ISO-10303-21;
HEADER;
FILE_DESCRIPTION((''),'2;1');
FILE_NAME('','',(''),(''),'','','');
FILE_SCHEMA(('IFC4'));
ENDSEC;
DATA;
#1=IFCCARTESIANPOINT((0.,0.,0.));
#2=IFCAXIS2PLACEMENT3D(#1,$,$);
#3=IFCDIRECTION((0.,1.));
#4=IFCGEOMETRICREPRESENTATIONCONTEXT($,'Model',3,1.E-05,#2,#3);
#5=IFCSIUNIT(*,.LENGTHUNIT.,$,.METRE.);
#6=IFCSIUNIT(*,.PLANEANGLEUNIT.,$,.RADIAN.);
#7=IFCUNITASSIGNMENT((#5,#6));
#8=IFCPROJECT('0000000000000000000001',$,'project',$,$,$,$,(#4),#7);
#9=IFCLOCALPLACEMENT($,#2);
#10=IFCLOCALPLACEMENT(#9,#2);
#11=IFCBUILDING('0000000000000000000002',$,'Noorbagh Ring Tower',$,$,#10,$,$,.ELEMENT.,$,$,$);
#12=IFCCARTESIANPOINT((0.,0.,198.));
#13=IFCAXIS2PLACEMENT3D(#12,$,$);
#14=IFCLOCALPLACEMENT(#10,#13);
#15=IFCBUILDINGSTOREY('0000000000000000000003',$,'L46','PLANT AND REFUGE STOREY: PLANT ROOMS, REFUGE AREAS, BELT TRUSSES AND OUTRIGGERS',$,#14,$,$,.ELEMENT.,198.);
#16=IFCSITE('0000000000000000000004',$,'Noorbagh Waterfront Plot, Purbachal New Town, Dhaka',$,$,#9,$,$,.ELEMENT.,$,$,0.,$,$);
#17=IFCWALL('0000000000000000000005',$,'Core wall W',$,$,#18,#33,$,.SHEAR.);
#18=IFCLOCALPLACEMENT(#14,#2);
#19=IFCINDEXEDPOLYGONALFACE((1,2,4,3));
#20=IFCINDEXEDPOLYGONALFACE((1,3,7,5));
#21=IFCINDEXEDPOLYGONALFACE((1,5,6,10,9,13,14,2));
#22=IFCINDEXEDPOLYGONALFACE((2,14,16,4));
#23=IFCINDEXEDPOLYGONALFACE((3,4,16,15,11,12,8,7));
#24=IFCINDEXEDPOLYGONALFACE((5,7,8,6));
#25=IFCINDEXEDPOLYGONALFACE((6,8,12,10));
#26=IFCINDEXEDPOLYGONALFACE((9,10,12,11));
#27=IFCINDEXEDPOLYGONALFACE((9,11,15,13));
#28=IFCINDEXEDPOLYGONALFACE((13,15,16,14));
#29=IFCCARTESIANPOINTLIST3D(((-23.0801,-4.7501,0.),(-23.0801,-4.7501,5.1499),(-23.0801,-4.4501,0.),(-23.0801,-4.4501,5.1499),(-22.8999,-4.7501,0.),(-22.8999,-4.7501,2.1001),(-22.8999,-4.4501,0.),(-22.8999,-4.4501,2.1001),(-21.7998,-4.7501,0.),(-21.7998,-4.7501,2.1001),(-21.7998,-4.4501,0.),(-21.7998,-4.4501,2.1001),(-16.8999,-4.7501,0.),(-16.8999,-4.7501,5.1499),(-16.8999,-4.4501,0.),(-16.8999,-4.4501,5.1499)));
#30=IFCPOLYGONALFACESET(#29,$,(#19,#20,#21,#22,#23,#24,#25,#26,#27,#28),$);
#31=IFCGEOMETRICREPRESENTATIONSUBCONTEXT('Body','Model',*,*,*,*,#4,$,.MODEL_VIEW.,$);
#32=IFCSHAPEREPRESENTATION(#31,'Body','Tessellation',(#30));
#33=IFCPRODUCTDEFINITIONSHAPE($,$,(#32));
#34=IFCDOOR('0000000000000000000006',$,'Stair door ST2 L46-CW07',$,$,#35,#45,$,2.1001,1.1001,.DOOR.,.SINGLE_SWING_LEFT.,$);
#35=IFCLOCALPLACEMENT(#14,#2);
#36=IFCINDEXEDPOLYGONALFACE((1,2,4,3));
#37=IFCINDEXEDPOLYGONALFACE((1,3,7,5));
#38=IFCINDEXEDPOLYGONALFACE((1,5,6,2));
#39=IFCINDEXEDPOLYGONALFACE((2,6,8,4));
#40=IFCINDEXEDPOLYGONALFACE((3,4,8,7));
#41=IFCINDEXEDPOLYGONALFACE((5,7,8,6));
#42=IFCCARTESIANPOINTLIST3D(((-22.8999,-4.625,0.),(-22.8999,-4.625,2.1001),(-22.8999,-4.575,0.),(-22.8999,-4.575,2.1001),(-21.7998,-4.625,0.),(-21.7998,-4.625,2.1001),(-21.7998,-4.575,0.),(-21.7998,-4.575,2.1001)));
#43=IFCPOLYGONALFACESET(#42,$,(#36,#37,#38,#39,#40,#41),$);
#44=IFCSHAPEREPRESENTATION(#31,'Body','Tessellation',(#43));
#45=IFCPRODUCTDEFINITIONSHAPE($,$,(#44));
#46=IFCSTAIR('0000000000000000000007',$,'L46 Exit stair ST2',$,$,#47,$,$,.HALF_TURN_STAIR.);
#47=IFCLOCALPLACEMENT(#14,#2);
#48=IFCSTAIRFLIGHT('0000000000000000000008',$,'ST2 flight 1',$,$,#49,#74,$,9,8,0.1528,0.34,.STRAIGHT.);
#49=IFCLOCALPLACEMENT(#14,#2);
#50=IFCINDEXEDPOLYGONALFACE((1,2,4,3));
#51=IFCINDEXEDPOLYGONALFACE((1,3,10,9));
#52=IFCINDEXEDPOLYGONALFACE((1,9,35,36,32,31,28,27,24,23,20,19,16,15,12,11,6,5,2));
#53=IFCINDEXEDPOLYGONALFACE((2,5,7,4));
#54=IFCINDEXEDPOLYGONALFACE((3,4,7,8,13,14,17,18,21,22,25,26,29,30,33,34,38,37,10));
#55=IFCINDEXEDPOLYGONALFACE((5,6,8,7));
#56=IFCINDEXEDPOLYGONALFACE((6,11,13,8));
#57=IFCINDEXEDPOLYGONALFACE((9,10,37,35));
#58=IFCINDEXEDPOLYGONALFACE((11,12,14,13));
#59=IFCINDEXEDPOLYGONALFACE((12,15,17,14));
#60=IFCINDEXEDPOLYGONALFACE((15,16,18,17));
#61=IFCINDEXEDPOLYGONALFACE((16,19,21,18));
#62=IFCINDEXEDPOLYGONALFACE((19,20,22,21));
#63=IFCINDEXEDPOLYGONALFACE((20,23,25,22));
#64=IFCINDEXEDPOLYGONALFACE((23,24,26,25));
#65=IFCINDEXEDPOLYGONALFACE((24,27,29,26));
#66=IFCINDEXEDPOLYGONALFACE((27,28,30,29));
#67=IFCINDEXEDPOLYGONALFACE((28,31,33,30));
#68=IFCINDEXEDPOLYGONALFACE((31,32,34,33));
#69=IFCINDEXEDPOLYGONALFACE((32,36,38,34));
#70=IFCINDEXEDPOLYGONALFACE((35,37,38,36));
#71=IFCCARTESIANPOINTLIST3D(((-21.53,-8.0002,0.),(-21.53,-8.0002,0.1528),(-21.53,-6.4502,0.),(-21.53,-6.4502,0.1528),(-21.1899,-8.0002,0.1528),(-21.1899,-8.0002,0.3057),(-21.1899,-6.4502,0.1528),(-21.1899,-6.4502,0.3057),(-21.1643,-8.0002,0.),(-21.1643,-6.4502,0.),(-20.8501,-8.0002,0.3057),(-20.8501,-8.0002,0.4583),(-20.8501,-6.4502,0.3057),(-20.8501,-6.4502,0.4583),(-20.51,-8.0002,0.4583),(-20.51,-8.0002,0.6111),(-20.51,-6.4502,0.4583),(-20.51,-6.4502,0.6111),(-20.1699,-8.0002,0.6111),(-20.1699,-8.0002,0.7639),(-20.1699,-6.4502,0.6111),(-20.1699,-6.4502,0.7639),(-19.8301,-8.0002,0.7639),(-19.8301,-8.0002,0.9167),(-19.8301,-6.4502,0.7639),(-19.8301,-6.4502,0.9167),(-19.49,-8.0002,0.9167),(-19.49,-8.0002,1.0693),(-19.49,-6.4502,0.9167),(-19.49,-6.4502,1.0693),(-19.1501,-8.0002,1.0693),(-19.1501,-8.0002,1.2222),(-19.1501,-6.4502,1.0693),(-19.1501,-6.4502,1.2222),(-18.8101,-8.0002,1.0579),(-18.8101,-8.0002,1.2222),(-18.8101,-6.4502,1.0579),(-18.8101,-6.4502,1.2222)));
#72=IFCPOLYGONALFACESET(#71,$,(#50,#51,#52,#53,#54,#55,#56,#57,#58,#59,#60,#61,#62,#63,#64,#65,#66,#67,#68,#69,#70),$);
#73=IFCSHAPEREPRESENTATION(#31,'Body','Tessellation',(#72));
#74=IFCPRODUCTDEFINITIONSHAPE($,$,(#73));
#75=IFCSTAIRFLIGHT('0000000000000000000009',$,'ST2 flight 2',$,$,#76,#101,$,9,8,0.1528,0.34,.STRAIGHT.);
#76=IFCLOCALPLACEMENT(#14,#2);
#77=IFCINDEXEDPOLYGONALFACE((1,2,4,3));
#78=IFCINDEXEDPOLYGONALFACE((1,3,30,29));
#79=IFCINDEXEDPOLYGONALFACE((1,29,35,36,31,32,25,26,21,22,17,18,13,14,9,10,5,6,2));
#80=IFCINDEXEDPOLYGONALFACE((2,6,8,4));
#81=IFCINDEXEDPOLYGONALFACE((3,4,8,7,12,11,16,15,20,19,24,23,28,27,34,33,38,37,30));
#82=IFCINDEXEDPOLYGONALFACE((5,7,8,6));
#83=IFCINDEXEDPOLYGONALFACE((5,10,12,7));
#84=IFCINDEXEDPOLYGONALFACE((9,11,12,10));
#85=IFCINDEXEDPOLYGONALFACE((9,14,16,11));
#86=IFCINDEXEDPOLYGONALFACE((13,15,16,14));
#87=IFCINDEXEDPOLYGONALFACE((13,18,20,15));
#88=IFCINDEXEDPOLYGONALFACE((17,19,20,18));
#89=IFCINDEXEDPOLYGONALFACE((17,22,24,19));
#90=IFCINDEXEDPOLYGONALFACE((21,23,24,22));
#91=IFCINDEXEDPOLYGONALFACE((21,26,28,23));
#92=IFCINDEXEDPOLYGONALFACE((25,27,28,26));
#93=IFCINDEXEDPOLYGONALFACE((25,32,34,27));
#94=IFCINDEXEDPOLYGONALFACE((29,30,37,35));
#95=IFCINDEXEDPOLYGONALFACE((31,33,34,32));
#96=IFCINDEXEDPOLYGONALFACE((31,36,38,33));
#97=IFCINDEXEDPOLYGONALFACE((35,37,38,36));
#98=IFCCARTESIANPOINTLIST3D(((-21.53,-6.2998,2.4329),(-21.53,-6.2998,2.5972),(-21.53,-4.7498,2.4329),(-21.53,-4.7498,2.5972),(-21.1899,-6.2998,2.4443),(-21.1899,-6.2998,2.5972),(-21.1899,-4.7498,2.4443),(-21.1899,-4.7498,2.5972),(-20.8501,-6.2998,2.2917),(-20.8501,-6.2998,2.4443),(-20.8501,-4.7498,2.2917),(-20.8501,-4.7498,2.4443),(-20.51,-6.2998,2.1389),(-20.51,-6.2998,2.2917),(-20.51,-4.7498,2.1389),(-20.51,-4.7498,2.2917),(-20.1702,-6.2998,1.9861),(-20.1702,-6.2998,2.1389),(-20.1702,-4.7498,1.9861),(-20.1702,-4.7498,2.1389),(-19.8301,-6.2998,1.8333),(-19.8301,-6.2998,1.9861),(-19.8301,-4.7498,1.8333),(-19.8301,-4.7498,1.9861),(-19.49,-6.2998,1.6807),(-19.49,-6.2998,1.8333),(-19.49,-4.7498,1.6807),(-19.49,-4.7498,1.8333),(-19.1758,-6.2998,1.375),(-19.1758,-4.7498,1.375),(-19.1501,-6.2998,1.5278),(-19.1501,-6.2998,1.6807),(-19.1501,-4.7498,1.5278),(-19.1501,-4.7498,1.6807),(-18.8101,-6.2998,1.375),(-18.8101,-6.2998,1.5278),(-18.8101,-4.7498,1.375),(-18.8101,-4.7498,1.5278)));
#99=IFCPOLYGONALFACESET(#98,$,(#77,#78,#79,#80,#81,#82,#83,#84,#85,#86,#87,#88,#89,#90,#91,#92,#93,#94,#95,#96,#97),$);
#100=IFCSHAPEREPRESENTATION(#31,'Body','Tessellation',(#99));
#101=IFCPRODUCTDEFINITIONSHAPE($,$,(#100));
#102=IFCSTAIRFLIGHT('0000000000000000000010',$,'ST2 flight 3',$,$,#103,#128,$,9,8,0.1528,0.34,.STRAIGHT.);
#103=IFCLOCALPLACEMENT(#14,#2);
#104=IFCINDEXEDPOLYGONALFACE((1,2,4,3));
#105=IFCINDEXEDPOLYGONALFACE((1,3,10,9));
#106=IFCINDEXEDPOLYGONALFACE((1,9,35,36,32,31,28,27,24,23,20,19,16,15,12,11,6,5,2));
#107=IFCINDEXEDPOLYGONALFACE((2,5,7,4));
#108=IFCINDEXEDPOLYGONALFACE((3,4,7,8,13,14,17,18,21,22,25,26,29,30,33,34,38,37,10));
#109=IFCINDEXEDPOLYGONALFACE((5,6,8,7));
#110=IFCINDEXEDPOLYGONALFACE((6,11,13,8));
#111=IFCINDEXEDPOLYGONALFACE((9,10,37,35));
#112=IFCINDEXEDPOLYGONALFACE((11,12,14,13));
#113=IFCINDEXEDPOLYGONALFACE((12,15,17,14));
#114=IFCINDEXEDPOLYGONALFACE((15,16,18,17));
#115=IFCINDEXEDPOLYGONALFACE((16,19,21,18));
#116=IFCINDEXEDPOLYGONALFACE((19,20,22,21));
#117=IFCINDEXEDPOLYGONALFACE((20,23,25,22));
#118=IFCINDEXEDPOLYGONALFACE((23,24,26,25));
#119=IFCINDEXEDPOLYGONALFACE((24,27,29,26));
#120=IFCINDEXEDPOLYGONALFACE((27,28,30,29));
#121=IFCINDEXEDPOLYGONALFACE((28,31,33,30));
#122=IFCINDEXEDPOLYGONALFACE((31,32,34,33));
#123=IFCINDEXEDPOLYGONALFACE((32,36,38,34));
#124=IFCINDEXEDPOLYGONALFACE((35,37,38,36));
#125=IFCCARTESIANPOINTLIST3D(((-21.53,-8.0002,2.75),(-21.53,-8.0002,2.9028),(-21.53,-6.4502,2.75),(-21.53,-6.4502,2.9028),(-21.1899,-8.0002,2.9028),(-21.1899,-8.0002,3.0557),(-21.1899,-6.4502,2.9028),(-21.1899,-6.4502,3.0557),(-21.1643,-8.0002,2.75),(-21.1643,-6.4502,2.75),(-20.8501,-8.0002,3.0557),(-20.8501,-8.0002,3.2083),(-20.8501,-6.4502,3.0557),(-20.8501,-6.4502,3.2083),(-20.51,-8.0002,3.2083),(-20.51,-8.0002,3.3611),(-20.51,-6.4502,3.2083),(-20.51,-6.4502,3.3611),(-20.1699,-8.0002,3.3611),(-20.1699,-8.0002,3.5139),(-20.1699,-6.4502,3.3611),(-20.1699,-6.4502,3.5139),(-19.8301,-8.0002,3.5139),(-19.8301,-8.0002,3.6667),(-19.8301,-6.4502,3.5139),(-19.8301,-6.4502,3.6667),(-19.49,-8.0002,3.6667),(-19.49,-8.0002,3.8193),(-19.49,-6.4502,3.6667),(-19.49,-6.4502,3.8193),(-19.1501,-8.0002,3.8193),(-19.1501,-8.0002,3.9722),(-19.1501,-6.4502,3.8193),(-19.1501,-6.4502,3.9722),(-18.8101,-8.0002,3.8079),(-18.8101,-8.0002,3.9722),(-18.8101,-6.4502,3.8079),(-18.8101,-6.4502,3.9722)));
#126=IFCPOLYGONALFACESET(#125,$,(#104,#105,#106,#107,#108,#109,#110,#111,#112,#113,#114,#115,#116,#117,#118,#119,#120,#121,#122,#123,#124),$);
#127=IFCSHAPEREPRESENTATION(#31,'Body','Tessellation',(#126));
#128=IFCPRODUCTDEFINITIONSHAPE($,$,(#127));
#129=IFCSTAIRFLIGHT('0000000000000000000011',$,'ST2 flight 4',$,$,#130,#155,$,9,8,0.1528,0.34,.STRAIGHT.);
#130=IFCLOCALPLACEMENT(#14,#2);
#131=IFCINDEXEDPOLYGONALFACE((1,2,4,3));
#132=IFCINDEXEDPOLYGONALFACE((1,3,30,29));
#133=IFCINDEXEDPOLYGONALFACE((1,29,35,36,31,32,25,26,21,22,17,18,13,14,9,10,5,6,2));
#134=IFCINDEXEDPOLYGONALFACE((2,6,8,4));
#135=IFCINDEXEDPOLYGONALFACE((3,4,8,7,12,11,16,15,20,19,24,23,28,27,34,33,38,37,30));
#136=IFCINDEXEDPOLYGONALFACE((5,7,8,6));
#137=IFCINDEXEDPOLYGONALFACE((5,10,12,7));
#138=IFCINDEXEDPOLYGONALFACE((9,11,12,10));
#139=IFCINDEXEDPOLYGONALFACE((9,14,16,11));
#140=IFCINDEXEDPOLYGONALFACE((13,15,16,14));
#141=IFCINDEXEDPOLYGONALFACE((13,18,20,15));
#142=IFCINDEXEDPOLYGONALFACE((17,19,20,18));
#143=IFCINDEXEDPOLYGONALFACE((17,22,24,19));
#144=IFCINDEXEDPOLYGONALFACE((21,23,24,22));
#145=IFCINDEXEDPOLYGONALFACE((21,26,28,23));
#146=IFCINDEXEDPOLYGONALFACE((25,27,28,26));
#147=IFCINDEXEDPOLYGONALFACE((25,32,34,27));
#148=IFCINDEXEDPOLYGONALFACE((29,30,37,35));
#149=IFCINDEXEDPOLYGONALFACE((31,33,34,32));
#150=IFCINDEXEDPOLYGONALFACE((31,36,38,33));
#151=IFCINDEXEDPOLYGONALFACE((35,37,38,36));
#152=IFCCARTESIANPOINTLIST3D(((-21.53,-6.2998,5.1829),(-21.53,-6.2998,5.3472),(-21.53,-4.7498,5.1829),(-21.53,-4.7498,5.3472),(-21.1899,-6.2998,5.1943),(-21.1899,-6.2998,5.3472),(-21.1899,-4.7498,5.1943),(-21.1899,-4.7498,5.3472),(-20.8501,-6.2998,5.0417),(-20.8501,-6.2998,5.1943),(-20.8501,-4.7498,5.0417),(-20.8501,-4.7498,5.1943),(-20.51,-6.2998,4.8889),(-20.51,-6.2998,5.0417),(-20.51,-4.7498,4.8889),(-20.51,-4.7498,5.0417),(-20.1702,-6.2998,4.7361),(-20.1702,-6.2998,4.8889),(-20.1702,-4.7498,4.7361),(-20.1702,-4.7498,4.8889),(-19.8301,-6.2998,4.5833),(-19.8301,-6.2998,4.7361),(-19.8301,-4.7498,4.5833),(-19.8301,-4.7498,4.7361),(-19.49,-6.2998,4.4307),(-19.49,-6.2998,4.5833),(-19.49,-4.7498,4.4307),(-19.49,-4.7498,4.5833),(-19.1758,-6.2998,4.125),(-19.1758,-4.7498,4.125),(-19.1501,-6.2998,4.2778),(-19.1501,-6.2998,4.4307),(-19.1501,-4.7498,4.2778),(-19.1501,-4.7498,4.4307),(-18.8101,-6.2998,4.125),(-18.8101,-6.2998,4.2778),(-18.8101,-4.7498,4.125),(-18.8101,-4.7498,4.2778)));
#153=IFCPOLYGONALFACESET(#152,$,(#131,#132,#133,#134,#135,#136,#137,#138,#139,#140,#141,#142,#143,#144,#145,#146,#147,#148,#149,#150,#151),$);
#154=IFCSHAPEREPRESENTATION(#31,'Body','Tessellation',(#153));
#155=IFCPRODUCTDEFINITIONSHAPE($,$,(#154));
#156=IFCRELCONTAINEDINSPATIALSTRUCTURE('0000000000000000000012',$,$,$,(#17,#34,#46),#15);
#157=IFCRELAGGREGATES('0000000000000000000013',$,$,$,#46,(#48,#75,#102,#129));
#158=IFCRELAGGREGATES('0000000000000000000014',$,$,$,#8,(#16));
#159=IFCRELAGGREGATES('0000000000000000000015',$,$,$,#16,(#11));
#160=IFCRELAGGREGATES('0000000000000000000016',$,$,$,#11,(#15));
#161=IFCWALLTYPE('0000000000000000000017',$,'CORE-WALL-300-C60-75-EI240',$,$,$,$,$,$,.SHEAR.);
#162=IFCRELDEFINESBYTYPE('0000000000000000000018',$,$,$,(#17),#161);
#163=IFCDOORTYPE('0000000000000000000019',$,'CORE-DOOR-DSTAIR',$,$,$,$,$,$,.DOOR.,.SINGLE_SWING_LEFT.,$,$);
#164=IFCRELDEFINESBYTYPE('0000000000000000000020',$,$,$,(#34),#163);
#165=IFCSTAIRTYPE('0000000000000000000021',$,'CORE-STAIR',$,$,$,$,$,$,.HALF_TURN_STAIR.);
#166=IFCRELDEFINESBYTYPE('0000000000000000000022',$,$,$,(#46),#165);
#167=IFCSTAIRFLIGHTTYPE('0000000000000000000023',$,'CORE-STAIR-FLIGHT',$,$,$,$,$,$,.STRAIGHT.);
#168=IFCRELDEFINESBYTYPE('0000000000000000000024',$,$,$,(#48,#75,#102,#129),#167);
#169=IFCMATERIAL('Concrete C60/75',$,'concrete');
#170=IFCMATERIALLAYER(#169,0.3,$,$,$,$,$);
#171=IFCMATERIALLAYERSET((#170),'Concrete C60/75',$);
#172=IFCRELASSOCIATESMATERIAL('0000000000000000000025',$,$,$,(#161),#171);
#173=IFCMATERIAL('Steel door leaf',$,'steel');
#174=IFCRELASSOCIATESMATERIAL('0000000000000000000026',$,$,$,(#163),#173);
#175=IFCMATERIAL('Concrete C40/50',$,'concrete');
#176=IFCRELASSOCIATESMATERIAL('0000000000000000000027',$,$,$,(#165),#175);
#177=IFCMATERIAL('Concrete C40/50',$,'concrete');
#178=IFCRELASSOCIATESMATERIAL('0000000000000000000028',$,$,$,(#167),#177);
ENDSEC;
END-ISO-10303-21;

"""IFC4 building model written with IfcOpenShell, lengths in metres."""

from ifc_helpers import new_model, si_unit, direction, frame, frame_2d, origin, place, context, subcontext, project, spatial, polyline, rectangle, outline, extrude, material, layer, layer_set, type_object, element, fill, aggregate, save


model = new_model("IFC4")

# Units and contexts
model_context = context("Model", 3, precision=1e-05, world=origin(), true_north=direction((0.0, 1.0)))
body_context = subcontext(model_context, "Body", "Model", "MODEL_VIEW")
ifc_project = project(units=[si_unit("LENGTHUNIT", "METRE"), si_unit("PLANEANGLEUNIT", "RADIAN")], contexts=[model_context])

# Site, building, storey
site_placement = place(None, origin())
site = spatial("IfcSite", under=ifc_project, at=site_placement, Name="Noorbagh Waterfront Plot, Purbachal New Town, Dhaka", CompositionType="ELEMENT", RefElevation=0.0)
building_placement = place(site_placement, origin())
building = spatial("IfcBuilding", under=site, at=building_placement, Name="Noorbagh Ring Tower", CompositionType="ELEMENT")
storey_placement = place(building_placement, frame((0.0, 0.0, 198.0)))
storey = spatial("IfcBuildingStorey", under=building, at=storey_placement, Name="L46", Description="PLANT AND REFUGE STOREY: PLANT ROOMS, REFUGE AREAS, BELT TRUSSES AND OUTRIGGERS", CompositionType="ELEMENT", Elevation=198.0)

# Wall, opening, door
ifc_material_1 = material(Name="Concrete C60/75", Category="concrete")
ifc_layer_1 = layer(ifc_material_1, 0.3)
ifc_layer_set_1 = layer_set([ifc_layer_1], Name="Concrete C60/75")
wall_type_1 = type_object("IfcWallType", Name="CORE-WALL-300-C60-75-EI240", PredefinedType="SHEAR", material=ifc_layer_set_1)
wall_1_placement = place(storey_placement, frame((-16.8999, -4.6001, 0.0), z_axis=(0.0, 0.0, 1.0), x_axis=(-1.0, 0.0, 0.0)))
wall_1 = element("IfcWall", 1, at=wall_1_placement, inside=storey, type_object=wall_type_1, Name="Core wall W", PredefinedType="SHEAR", context=body_context, shape_type="SweptSolid", body=[
    extrude(rectangle(XDim=6.1802, YDim=0.3, at=frame_2d((3.0901, 0.0))), origin(), (0.0, 0.0, 1.0), 5.1499),
])
opening_1_placement = place(wall_1_placement, frame((4.8999, 0.0, 0.0)))
opening_1 = element("IfcOpeningElement", 2, at=opening_1_placement, cuts=wall_1, PredefinedType="OPENING", context=body_context, shape_type="SweptSolid", body=[
    extrude(rectangle(XDim=1.1001, YDim=2.1001, at=frame_2d((0.55, 1.05))), frame((0.0, 0.1602, 0.0), z_axis=(0.0, -1.0, 0.0), x_axis=(1.0, 0.0, 0.0)), (0.0, 0.0, 1.0), 0.3201),
])
ifc_material_2 = material(Name="Steel door leaf", Category="steel")
door_type_1 = type_object("IfcDoorType", Name="CORE-DOOR-DSTAIR", OperationType="SINGLE_SWING_LEFT", PredefinedType="DOOR", material=ifc_material_2)
door_1_placement = place(opening_1_placement, origin())
door_1 = element("IfcDoor", 3, at=door_1_placement, inside=storey, type_object=door_type_1, Name="Stair door ST2 L46-CW07", OperationType="SINGLE_SWING_LEFT", OverallHeight=2.1001, OverallWidth=1.1001, PredefinedType="DOOR", context=body_context, shape_type="SweptSolid", body=[
    extrude(rectangle(XDim=1.1001, YDim=2.1001, at=frame_2d((0.55, 1.05))), frame((0.0, 0.0249, 0.0), z_axis=(0.0, -1.0, 0.0), x_axis=(1.0, 0.0, 0.0)), (0.0, 0.0, 1.0), 0.05),
])
fill(opening_1, door_1)

# Stair, stair flights
ifc_material_3 = material(Name="Concrete C40/50", Category="concrete")
stair_type = type_object("IfcStairType", Name="CORE-STAIR", PredefinedType="HALF_TURN_STAIR", material=ifc_material_3)
stair_placement = place(storey_placement, origin())
stair = element("IfcStair", 4, at=stair_placement, inside=storey, type_object=stair_type, Name="L46 Exit stair ST2", PredefinedType="HALF_TURN_STAIR")
ifc_material_4 = material(Name="Concrete C40/50", Category="concrete")
stair_flight_type = type_object("IfcStairFlightType", Name="CORE-STAIR-FLIGHT", PredefinedType="STRAIGHT", material=ifc_material_4)
stair_flight_1_placement = place(storey_placement, frame((-21.53, -7.2251, 0.0), z_axis=(0.0, 0.0, 1.0), x_axis=(1.0, 0.0, 0.0)))
stair_flight_1 = element("IfcStairFlight", 5, at=stair_flight_1_placement, type_object=stair_flight_type, Name="ST2 flight 1", NumberOfRisers=9, NumberOfTreads=8, PredefinedType="STRAIGHT", RiserHeight=0.1528, TreadLength=0.34, context=body_context, shape_type="SweptSolid", body=[
    extrude(outline(polyline([(0.0, 0.0), (0.0, 0.1528), (0.3401, 0.1528), (0.3401, 0.3057), (0.6799, 0.3057), (0.6799, 0.4583), (1.02, 0.4583), (1.02, 0.6111), (1.3601, 0.6111), (1.3601, 0.7639), (1.7, 0.7639), (1.7, 0.9167), (2.04, 0.9167), (2.04, 1.0693), (2.3799, 1.0693), (2.3799, 1.2222), (2.72, 1.2222), (2.72, 1.375), (2.72, 1.0579), (0.3657, 0.0), (0.0, 0.0)])), frame((0.0, 0.7749, 0.0), z_axis=(0.0, -1.0, 0.0), x_axis=(1.0, 0.0, 0.0)), (0.0, 0.0, 1.0), 1.55),
])
stair_flight_2_placement = place(storey_placement, frame((-18.8101, -5.5249, 1.375), z_axis=(0.0, 0.0, 1.0), x_axis=(-1.0, 0.0, 0.0)))
stair_flight_2 = element("IfcStairFlight", 6, at=stair_flight_2_placement, type_object=stair_flight_type, Name="ST2 flight 2", NumberOfRisers=9, NumberOfTreads=8, PredefinedType="STRAIGHT", RiserHeight=0.1528, TreadLength=0.34, context=body_context, shape_type="SweptSolid", body=[
    extrude(outline(polyline([(0.0, 0.0), (0.0, 0.1528), (0.3401, 0.1528), (0.3401, 0.3057), (0.6799, 0.3057), (0.6799, 0.4583), (1.02, 0.4583), (1.02, 0.6111), (1.3601, 0.6111), (1.3601, 0.7639), (1.7, 0.7639), (1.7, 0.9167), (2.04, 0.9167), (2.04, 1.0693), (2.3799, 1.0693), (2.3799, 1.2222), (2.72, 1.2222), (2.72, 1.375), (2.72, 1.0579), (0.3657, 0.0), (0.0, 0.0)])), frame((0.0, 0.7749, 0.0), z_axis=(0.0, -1.0, 0.0), x_axis=(1.0, 0.0, 0.0)), (0.0, 0.0, 1.0), 1.55),
])
stair_flight_3_placement = place(storey_placement, frame((-21.53, -7.2251, 2.75), z_axis=(0.0, 0.0, 1.0), x_axis=(1.0, 0.0, 0.0)))
stair_flight_3 = element("IfcStairFlight", 7, at=stair_flight_3_placement, type_object=stair_flight_type, Name="ST2 flight 3", NumberOfRisers=9, NumberOfTreads=8, PredefinedType="STRAIGHT", RiserHeight=0.1528, TreadLength=0.34, context=body_context, shape_type="SweptSolid", body=[
    extrude(outline(polyline([(0.0, 0.0), (0.0, 0.1528), (0.3401, 0.1528), (0.3401, 0.3057), (0.6799, 0.3057), (0.6799, 0.4583), (1.02, 0.4583), (1.02, 0.6111), (1.3601, 0.6111), (1.3601, 0.7639), (1.7, 0.7639), (1.7, 0.9167), (2.04, 0.9167), (2.04, 1.0693), (2.3799, 1.0693), (2.3799, 1.2222), (2.72, 1.2222), (2.72, 1.375), (2.72, 1.0579), (0.3657, 0.0), (0.0, 0.0)])), frame((0.0, 0.7749, 0.0), z_axis=(0.0, -1.0, 0.0), x_axis=(1.0, 0.0, 0.0)), (0.0, 0.0, 1.0), 1.55),
])
stair_flight_4_placement = place(storey_placement, frame((-18.8101, -5.5249, 4.125), z_axis=(0.0, 0.0, 1.0), x_axis=(-1.0, 0.0, 0.0)))
stair_flight_4 = element("IfcStairFlight", 8, at=stair_flight_4_placement, type_object=stair_flight_type, Name="ST2 flight 4", NumberOfRisers=9, NumberOfTreads=8, PredefinedType="STRAIGHT", RiserHeight=0.1528, TreadLength=0.34, context=body_context, shape_type="SweptSolid", body=[
    extrude(outline(polyline([(0.0, 0.0), (0.0, 0.1528), (0.3401, 0.1528), (0.3401, 0.3057), (0.6799, 0.3057), (0.6799, 0.4583), (1.02, 0.4583), (1.02, 0.6111), (1.3601, 0.6111), (1.3601, 0.7639), (1.7, 0.7639), (1.7, 0.9167), (2.04, 0.9167), (2.04, 1.0693), (2.3799, 1.0693), (2.3799, 1.2222), (2.72, 1.2222), (2.72, 1.375), (2.72, 1.0579), (0.3657, 0.0), (0.0, 0.0)])), frame((0.0, 0.7749, 0.0), z_axis=(0.0, -1.0, 0.0), x_axis=(1.0, 0.0, 0.0)), (0.0, 0.0, 1.0), 1.55),
])
aggregate(stair, [stair_flight_1, stair_flight_2, stair_flight_3, stair_flight_4])

save(model, "model.ifc")
